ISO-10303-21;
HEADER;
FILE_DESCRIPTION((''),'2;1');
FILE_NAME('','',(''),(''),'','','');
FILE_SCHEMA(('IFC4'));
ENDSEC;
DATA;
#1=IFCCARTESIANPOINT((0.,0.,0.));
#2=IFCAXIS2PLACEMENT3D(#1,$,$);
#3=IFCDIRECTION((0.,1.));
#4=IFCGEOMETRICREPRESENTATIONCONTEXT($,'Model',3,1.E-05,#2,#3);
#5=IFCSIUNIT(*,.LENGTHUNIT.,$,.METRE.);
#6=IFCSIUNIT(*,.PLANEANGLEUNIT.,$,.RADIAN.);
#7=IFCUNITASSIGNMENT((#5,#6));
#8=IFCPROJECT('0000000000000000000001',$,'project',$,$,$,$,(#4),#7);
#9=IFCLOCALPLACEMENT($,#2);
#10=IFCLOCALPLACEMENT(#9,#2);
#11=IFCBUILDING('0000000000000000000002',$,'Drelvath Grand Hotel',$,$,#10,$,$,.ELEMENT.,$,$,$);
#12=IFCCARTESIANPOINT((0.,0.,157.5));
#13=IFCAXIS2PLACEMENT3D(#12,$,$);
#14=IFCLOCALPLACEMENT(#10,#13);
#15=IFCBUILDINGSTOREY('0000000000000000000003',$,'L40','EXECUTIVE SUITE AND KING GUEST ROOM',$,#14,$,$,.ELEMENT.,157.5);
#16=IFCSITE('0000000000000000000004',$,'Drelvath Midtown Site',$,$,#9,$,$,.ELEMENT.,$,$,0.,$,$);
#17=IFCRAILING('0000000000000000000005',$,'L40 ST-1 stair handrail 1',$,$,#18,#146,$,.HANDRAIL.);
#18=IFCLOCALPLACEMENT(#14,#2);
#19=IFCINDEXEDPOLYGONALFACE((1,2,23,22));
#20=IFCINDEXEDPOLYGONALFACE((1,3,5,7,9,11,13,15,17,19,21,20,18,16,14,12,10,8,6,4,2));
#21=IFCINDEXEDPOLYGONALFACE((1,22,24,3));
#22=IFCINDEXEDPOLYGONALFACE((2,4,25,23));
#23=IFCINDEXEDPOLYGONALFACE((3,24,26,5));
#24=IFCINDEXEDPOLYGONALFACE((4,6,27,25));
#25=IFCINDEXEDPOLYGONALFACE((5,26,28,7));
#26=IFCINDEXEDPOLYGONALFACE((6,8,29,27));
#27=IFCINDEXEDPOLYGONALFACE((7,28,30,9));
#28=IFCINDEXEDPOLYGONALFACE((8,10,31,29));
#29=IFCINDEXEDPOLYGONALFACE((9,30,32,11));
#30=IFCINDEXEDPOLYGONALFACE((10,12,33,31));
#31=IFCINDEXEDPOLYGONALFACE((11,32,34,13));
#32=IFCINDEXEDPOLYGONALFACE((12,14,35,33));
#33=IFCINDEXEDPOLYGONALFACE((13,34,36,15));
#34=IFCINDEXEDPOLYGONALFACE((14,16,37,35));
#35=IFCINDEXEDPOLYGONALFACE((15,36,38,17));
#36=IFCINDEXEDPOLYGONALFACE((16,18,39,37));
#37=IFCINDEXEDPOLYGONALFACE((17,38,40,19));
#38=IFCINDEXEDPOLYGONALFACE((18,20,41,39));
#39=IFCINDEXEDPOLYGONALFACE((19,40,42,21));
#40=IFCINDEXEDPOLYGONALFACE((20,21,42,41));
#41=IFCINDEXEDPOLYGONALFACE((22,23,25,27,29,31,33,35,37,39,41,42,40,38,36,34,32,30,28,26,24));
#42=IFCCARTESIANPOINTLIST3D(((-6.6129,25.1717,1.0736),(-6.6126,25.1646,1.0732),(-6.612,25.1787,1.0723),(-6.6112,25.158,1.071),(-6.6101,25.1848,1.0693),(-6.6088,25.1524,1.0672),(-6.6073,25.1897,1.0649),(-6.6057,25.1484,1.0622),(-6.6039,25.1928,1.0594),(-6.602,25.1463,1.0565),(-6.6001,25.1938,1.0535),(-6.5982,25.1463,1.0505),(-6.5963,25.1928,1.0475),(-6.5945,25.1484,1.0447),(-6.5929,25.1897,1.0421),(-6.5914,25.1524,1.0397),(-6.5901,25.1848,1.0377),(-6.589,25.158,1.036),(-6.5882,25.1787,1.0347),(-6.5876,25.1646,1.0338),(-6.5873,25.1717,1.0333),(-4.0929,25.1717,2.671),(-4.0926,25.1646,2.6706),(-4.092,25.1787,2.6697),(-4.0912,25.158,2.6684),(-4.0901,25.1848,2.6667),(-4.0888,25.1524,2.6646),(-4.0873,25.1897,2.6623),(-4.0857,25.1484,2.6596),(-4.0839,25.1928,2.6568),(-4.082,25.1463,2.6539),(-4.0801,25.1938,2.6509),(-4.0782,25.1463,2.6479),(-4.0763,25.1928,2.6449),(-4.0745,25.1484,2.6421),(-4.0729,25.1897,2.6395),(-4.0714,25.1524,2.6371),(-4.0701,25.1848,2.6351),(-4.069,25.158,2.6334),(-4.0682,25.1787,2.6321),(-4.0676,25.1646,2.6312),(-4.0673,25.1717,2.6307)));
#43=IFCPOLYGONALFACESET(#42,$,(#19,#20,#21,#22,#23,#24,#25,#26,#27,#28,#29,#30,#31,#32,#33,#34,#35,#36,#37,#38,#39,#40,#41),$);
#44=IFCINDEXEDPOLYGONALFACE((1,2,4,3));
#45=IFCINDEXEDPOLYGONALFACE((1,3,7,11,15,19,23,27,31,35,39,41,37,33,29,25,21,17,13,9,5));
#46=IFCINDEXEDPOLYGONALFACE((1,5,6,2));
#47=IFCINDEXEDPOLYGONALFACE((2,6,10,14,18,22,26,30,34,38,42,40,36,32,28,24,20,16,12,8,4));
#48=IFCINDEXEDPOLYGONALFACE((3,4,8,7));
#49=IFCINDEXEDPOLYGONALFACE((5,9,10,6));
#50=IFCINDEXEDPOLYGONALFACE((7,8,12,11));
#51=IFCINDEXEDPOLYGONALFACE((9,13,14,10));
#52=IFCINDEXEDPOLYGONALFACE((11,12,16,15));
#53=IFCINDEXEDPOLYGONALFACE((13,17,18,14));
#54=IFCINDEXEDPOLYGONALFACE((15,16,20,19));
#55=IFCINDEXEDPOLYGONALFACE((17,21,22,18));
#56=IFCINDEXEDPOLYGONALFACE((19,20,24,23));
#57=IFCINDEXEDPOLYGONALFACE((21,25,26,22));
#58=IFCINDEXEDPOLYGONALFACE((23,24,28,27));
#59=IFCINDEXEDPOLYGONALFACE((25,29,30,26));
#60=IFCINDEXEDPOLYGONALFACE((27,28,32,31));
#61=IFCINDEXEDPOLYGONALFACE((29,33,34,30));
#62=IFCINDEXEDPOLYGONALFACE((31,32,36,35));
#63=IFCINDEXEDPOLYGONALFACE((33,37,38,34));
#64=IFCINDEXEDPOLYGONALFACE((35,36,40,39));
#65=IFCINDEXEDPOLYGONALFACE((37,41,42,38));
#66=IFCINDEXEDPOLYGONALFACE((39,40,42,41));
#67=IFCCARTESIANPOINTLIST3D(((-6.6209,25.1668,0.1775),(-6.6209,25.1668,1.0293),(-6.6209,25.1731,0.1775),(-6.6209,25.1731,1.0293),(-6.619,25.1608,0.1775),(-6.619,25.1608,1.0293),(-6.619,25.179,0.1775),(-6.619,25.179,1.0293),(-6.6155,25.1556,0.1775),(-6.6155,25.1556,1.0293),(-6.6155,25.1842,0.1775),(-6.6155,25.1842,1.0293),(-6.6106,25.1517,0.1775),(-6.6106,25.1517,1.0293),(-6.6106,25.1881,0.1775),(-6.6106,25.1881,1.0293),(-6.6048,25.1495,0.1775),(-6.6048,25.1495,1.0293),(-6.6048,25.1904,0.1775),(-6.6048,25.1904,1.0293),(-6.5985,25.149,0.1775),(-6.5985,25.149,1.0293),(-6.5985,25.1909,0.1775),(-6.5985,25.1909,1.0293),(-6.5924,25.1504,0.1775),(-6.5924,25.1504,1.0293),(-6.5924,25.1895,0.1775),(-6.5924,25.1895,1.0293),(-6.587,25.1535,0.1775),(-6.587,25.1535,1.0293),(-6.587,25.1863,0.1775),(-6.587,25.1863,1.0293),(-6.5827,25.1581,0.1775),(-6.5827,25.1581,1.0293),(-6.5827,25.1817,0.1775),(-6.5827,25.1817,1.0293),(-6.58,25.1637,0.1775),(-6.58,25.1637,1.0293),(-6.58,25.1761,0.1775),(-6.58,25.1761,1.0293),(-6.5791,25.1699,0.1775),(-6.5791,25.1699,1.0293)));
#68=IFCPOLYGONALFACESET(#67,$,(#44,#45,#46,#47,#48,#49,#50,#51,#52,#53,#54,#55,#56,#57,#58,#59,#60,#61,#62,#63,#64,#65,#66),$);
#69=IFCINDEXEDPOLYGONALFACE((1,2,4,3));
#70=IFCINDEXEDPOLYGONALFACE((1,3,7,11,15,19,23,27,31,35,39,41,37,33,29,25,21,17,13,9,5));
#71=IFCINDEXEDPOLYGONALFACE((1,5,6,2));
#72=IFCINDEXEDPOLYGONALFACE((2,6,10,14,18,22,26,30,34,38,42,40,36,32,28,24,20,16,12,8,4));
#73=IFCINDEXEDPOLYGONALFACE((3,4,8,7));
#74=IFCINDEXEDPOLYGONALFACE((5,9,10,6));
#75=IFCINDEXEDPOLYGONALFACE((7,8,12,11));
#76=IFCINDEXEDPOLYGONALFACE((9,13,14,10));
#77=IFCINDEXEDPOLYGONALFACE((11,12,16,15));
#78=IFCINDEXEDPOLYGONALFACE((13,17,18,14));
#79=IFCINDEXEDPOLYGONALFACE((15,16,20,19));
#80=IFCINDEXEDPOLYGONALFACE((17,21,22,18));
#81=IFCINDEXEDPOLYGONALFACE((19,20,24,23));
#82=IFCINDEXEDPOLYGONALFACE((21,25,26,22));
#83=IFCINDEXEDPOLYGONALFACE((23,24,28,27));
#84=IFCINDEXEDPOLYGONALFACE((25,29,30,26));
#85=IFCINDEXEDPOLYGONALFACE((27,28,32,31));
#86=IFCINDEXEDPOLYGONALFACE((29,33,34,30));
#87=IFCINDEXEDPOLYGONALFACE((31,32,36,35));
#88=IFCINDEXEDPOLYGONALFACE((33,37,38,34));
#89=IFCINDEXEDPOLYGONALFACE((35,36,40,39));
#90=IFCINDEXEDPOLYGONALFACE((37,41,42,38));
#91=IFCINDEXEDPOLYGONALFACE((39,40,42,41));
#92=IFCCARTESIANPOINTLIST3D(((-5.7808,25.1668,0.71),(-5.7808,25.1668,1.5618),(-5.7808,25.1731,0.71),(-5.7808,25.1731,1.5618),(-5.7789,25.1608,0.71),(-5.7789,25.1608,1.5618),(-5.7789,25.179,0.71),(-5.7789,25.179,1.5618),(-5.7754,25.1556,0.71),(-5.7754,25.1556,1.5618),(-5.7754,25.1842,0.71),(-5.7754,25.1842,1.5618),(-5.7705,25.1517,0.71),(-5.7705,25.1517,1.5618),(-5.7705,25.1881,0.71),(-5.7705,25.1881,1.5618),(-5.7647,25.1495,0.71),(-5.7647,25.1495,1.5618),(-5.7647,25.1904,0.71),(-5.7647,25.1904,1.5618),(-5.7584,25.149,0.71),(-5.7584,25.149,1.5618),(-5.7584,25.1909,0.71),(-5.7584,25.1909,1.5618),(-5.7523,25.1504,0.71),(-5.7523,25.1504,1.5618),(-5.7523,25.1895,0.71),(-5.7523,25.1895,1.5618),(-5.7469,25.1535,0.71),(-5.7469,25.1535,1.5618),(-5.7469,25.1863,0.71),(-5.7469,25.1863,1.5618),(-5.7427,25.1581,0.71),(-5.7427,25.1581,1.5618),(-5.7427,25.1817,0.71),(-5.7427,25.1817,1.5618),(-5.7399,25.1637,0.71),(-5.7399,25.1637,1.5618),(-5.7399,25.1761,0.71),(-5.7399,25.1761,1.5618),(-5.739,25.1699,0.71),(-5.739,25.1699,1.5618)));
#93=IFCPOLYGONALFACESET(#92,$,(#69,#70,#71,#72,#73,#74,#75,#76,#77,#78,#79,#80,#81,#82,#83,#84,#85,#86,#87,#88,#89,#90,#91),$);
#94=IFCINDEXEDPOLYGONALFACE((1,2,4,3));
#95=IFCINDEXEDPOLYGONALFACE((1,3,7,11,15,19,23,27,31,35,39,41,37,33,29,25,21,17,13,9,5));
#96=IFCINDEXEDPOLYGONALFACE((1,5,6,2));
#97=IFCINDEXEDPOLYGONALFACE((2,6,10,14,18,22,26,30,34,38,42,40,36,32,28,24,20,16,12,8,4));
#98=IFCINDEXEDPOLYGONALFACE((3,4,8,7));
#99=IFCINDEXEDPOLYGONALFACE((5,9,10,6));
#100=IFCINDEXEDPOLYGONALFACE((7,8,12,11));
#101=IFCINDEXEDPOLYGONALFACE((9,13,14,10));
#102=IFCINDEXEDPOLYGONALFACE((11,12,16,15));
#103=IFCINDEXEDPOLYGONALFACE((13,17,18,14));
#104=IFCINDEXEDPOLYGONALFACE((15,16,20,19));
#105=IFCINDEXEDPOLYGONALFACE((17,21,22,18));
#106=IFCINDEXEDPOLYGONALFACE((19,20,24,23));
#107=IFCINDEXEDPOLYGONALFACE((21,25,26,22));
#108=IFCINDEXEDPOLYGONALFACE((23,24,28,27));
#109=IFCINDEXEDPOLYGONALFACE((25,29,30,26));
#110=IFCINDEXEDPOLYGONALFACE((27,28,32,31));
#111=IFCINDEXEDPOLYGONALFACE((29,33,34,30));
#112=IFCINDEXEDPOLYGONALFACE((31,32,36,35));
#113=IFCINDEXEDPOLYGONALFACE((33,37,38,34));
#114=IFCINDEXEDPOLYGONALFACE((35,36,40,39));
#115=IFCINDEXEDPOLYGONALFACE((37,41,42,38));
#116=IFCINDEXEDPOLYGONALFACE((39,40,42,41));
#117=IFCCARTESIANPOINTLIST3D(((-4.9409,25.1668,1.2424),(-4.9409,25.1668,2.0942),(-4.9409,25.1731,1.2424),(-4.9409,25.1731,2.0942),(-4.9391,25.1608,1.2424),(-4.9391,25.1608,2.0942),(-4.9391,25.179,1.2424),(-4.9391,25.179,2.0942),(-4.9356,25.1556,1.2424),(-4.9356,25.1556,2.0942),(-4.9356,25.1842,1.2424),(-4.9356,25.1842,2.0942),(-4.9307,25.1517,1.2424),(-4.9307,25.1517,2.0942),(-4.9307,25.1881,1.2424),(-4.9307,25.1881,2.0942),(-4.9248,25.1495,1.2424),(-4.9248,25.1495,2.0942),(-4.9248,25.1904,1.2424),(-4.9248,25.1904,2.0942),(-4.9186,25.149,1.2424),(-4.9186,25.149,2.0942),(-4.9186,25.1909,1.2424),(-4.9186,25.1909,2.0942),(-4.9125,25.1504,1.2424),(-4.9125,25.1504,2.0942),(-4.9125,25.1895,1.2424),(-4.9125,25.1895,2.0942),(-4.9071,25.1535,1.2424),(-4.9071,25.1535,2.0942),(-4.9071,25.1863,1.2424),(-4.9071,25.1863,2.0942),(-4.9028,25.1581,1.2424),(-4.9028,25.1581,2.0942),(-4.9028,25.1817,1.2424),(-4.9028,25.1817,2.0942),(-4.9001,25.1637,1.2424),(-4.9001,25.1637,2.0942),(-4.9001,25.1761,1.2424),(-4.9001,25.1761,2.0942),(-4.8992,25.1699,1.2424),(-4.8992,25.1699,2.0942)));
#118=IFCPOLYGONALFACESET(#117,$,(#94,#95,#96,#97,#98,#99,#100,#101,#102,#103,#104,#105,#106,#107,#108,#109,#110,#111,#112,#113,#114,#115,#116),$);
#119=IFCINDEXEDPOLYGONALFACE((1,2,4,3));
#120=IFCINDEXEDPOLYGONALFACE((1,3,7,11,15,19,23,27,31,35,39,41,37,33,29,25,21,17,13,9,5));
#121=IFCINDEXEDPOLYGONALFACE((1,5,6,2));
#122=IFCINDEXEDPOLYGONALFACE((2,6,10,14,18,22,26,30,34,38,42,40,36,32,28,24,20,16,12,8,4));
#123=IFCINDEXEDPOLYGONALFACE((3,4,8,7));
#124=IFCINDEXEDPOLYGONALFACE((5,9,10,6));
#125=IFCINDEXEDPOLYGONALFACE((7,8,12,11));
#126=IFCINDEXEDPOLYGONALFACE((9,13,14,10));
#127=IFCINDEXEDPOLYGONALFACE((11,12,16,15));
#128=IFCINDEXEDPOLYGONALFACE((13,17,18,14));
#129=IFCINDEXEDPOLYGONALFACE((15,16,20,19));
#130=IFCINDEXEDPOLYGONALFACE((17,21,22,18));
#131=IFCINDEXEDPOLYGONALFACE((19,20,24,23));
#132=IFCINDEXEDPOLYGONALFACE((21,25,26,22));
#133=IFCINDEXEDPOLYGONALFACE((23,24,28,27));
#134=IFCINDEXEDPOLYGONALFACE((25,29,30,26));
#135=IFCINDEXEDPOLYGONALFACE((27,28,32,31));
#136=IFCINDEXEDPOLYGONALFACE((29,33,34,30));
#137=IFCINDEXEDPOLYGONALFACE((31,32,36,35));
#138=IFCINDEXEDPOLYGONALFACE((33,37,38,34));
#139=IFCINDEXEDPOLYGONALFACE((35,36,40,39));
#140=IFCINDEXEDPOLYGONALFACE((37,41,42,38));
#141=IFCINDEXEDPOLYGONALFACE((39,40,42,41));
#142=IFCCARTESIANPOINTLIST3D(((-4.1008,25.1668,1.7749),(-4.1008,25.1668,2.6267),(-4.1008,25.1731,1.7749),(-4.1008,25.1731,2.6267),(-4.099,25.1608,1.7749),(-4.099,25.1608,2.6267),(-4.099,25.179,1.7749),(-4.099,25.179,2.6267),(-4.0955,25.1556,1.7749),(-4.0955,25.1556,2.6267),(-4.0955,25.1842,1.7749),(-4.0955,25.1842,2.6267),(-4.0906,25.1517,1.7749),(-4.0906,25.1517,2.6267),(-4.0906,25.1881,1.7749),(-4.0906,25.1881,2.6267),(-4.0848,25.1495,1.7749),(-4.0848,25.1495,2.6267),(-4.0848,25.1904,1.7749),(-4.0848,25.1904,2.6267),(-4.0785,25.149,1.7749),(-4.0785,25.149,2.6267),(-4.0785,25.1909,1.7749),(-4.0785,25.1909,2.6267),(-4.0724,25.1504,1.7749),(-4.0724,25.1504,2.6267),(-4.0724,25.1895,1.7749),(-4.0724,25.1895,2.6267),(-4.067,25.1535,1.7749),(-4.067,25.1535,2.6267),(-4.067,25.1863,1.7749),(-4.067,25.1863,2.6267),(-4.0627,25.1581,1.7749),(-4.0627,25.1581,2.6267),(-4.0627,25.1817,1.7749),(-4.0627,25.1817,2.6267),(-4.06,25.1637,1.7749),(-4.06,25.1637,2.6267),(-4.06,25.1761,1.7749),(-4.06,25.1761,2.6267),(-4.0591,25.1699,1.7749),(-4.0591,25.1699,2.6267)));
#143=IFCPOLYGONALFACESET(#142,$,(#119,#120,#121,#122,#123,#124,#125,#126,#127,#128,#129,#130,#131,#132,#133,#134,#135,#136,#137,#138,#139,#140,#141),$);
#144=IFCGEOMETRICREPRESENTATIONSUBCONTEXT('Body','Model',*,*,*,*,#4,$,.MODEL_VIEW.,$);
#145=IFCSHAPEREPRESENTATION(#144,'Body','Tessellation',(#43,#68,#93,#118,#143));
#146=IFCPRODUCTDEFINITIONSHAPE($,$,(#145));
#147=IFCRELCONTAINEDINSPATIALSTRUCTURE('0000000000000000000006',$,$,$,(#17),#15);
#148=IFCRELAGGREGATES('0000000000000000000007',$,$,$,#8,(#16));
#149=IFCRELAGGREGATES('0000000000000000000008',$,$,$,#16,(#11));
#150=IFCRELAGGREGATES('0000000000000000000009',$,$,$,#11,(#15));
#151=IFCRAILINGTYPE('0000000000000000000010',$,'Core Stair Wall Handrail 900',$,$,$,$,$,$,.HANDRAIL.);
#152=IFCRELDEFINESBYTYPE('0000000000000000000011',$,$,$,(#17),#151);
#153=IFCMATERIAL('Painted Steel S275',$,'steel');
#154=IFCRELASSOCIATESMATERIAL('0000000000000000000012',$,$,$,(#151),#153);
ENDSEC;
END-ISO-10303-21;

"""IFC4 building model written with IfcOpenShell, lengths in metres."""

from ifc_helpers import new_model, si_unit, direction, frame, origin, origin_2d, place, context, subcontext, project, spatial, circle, extrude, material, type_object, element, save


model = new_model("IFC4")

# Units and contexts
model_context = context("Model", 3, precision=1e-05, world=origin(), true_north=direction((0.0, 1.0)))
body_context = subcontext(model_context, "Body", "Model", "MODEL_VIEW")
ifc_project = project(units=[si_unit("LENGTHUNIT", "METRE"), si_unit("PLANEANGLEUNIT", "RADIAN")], contexts=[model_context])

# Site, building, storey
site_placement = place(None, origin())
site = spatial("IfcSite", under=ifc_project, at=site_placement, Name="Drelvath Midtown Site", CompositionType="ELEMENT", RefElevation=0.0)
building_placement = place(site_placement, origin())
building = spatial("IfcBuilding", under=site, at=building_placement, Name="Drelvath Grand Hotel", CompositionType="ELEMENT")
storey_placement = place(building_placement, frame((0.0, 0.0, 157.5)))
storey = spatial("IfcBuildingStorey", under=building, at=storey_placement, Name="L40", Description="EXECUTIVE SUITE AND KING GUEST ROOM", CompositionType="ELEMENT", Elevation=157.5)

# Shared definitions
ifc_material_1 = material(Name="Painted Steel S275", Category="steel")

# Railing
railing_type_1 = type_object("IfcRailingType", Name="Core Stair Wall Handrail 900", PredefinedType="HANDRAIL", material=ifc_material_1)
railing_1_placement = place(storey_placement, frame((-6.6001, 25.1699, 0.1775)))
element("IfcRailing", 1, at=railing_1_placement, inside=storey, type_object=railing_type_1, Name="L40 ST-1 stair handrail 1", PredefinedType="HANDRAIL", context=body_context, shape_type="SweptSolid", body=[
    extrude(circle(Radius=0.0239, at=origin_2d()), frame((0.0, 0.0, 0.876), z_axis=(0.844607, 0.0, 0.535387), x_axis=(0.0, 1.0, 0.0)), (0.0, 0.0, 1.0), 2.9836),
    extrude(circle(Radius=0.021, at=origin_2d()), origin(), (0.0, 0.0, 1.0), 0.8518),
    extrude(circle(Radius=0.021, at=origin_2d()), frame((0.8401, 0.0, 0.5325)), (0.0, 0.0, 1.0), 0.8518),
    extrude(circle(Radius=0.021, at=origin_2d()), frame((1.6799, 0.0, 1.0649)), (0.0, 0.0, 1.0), 0.8518),
    extrude(circle(Radius=0.021, at=origin_2d()), frame((2.52, 0.0, 1.5974)), (0.0, 0.0, 1.0), 0.8518),
])

save(model, "model.ifc")
